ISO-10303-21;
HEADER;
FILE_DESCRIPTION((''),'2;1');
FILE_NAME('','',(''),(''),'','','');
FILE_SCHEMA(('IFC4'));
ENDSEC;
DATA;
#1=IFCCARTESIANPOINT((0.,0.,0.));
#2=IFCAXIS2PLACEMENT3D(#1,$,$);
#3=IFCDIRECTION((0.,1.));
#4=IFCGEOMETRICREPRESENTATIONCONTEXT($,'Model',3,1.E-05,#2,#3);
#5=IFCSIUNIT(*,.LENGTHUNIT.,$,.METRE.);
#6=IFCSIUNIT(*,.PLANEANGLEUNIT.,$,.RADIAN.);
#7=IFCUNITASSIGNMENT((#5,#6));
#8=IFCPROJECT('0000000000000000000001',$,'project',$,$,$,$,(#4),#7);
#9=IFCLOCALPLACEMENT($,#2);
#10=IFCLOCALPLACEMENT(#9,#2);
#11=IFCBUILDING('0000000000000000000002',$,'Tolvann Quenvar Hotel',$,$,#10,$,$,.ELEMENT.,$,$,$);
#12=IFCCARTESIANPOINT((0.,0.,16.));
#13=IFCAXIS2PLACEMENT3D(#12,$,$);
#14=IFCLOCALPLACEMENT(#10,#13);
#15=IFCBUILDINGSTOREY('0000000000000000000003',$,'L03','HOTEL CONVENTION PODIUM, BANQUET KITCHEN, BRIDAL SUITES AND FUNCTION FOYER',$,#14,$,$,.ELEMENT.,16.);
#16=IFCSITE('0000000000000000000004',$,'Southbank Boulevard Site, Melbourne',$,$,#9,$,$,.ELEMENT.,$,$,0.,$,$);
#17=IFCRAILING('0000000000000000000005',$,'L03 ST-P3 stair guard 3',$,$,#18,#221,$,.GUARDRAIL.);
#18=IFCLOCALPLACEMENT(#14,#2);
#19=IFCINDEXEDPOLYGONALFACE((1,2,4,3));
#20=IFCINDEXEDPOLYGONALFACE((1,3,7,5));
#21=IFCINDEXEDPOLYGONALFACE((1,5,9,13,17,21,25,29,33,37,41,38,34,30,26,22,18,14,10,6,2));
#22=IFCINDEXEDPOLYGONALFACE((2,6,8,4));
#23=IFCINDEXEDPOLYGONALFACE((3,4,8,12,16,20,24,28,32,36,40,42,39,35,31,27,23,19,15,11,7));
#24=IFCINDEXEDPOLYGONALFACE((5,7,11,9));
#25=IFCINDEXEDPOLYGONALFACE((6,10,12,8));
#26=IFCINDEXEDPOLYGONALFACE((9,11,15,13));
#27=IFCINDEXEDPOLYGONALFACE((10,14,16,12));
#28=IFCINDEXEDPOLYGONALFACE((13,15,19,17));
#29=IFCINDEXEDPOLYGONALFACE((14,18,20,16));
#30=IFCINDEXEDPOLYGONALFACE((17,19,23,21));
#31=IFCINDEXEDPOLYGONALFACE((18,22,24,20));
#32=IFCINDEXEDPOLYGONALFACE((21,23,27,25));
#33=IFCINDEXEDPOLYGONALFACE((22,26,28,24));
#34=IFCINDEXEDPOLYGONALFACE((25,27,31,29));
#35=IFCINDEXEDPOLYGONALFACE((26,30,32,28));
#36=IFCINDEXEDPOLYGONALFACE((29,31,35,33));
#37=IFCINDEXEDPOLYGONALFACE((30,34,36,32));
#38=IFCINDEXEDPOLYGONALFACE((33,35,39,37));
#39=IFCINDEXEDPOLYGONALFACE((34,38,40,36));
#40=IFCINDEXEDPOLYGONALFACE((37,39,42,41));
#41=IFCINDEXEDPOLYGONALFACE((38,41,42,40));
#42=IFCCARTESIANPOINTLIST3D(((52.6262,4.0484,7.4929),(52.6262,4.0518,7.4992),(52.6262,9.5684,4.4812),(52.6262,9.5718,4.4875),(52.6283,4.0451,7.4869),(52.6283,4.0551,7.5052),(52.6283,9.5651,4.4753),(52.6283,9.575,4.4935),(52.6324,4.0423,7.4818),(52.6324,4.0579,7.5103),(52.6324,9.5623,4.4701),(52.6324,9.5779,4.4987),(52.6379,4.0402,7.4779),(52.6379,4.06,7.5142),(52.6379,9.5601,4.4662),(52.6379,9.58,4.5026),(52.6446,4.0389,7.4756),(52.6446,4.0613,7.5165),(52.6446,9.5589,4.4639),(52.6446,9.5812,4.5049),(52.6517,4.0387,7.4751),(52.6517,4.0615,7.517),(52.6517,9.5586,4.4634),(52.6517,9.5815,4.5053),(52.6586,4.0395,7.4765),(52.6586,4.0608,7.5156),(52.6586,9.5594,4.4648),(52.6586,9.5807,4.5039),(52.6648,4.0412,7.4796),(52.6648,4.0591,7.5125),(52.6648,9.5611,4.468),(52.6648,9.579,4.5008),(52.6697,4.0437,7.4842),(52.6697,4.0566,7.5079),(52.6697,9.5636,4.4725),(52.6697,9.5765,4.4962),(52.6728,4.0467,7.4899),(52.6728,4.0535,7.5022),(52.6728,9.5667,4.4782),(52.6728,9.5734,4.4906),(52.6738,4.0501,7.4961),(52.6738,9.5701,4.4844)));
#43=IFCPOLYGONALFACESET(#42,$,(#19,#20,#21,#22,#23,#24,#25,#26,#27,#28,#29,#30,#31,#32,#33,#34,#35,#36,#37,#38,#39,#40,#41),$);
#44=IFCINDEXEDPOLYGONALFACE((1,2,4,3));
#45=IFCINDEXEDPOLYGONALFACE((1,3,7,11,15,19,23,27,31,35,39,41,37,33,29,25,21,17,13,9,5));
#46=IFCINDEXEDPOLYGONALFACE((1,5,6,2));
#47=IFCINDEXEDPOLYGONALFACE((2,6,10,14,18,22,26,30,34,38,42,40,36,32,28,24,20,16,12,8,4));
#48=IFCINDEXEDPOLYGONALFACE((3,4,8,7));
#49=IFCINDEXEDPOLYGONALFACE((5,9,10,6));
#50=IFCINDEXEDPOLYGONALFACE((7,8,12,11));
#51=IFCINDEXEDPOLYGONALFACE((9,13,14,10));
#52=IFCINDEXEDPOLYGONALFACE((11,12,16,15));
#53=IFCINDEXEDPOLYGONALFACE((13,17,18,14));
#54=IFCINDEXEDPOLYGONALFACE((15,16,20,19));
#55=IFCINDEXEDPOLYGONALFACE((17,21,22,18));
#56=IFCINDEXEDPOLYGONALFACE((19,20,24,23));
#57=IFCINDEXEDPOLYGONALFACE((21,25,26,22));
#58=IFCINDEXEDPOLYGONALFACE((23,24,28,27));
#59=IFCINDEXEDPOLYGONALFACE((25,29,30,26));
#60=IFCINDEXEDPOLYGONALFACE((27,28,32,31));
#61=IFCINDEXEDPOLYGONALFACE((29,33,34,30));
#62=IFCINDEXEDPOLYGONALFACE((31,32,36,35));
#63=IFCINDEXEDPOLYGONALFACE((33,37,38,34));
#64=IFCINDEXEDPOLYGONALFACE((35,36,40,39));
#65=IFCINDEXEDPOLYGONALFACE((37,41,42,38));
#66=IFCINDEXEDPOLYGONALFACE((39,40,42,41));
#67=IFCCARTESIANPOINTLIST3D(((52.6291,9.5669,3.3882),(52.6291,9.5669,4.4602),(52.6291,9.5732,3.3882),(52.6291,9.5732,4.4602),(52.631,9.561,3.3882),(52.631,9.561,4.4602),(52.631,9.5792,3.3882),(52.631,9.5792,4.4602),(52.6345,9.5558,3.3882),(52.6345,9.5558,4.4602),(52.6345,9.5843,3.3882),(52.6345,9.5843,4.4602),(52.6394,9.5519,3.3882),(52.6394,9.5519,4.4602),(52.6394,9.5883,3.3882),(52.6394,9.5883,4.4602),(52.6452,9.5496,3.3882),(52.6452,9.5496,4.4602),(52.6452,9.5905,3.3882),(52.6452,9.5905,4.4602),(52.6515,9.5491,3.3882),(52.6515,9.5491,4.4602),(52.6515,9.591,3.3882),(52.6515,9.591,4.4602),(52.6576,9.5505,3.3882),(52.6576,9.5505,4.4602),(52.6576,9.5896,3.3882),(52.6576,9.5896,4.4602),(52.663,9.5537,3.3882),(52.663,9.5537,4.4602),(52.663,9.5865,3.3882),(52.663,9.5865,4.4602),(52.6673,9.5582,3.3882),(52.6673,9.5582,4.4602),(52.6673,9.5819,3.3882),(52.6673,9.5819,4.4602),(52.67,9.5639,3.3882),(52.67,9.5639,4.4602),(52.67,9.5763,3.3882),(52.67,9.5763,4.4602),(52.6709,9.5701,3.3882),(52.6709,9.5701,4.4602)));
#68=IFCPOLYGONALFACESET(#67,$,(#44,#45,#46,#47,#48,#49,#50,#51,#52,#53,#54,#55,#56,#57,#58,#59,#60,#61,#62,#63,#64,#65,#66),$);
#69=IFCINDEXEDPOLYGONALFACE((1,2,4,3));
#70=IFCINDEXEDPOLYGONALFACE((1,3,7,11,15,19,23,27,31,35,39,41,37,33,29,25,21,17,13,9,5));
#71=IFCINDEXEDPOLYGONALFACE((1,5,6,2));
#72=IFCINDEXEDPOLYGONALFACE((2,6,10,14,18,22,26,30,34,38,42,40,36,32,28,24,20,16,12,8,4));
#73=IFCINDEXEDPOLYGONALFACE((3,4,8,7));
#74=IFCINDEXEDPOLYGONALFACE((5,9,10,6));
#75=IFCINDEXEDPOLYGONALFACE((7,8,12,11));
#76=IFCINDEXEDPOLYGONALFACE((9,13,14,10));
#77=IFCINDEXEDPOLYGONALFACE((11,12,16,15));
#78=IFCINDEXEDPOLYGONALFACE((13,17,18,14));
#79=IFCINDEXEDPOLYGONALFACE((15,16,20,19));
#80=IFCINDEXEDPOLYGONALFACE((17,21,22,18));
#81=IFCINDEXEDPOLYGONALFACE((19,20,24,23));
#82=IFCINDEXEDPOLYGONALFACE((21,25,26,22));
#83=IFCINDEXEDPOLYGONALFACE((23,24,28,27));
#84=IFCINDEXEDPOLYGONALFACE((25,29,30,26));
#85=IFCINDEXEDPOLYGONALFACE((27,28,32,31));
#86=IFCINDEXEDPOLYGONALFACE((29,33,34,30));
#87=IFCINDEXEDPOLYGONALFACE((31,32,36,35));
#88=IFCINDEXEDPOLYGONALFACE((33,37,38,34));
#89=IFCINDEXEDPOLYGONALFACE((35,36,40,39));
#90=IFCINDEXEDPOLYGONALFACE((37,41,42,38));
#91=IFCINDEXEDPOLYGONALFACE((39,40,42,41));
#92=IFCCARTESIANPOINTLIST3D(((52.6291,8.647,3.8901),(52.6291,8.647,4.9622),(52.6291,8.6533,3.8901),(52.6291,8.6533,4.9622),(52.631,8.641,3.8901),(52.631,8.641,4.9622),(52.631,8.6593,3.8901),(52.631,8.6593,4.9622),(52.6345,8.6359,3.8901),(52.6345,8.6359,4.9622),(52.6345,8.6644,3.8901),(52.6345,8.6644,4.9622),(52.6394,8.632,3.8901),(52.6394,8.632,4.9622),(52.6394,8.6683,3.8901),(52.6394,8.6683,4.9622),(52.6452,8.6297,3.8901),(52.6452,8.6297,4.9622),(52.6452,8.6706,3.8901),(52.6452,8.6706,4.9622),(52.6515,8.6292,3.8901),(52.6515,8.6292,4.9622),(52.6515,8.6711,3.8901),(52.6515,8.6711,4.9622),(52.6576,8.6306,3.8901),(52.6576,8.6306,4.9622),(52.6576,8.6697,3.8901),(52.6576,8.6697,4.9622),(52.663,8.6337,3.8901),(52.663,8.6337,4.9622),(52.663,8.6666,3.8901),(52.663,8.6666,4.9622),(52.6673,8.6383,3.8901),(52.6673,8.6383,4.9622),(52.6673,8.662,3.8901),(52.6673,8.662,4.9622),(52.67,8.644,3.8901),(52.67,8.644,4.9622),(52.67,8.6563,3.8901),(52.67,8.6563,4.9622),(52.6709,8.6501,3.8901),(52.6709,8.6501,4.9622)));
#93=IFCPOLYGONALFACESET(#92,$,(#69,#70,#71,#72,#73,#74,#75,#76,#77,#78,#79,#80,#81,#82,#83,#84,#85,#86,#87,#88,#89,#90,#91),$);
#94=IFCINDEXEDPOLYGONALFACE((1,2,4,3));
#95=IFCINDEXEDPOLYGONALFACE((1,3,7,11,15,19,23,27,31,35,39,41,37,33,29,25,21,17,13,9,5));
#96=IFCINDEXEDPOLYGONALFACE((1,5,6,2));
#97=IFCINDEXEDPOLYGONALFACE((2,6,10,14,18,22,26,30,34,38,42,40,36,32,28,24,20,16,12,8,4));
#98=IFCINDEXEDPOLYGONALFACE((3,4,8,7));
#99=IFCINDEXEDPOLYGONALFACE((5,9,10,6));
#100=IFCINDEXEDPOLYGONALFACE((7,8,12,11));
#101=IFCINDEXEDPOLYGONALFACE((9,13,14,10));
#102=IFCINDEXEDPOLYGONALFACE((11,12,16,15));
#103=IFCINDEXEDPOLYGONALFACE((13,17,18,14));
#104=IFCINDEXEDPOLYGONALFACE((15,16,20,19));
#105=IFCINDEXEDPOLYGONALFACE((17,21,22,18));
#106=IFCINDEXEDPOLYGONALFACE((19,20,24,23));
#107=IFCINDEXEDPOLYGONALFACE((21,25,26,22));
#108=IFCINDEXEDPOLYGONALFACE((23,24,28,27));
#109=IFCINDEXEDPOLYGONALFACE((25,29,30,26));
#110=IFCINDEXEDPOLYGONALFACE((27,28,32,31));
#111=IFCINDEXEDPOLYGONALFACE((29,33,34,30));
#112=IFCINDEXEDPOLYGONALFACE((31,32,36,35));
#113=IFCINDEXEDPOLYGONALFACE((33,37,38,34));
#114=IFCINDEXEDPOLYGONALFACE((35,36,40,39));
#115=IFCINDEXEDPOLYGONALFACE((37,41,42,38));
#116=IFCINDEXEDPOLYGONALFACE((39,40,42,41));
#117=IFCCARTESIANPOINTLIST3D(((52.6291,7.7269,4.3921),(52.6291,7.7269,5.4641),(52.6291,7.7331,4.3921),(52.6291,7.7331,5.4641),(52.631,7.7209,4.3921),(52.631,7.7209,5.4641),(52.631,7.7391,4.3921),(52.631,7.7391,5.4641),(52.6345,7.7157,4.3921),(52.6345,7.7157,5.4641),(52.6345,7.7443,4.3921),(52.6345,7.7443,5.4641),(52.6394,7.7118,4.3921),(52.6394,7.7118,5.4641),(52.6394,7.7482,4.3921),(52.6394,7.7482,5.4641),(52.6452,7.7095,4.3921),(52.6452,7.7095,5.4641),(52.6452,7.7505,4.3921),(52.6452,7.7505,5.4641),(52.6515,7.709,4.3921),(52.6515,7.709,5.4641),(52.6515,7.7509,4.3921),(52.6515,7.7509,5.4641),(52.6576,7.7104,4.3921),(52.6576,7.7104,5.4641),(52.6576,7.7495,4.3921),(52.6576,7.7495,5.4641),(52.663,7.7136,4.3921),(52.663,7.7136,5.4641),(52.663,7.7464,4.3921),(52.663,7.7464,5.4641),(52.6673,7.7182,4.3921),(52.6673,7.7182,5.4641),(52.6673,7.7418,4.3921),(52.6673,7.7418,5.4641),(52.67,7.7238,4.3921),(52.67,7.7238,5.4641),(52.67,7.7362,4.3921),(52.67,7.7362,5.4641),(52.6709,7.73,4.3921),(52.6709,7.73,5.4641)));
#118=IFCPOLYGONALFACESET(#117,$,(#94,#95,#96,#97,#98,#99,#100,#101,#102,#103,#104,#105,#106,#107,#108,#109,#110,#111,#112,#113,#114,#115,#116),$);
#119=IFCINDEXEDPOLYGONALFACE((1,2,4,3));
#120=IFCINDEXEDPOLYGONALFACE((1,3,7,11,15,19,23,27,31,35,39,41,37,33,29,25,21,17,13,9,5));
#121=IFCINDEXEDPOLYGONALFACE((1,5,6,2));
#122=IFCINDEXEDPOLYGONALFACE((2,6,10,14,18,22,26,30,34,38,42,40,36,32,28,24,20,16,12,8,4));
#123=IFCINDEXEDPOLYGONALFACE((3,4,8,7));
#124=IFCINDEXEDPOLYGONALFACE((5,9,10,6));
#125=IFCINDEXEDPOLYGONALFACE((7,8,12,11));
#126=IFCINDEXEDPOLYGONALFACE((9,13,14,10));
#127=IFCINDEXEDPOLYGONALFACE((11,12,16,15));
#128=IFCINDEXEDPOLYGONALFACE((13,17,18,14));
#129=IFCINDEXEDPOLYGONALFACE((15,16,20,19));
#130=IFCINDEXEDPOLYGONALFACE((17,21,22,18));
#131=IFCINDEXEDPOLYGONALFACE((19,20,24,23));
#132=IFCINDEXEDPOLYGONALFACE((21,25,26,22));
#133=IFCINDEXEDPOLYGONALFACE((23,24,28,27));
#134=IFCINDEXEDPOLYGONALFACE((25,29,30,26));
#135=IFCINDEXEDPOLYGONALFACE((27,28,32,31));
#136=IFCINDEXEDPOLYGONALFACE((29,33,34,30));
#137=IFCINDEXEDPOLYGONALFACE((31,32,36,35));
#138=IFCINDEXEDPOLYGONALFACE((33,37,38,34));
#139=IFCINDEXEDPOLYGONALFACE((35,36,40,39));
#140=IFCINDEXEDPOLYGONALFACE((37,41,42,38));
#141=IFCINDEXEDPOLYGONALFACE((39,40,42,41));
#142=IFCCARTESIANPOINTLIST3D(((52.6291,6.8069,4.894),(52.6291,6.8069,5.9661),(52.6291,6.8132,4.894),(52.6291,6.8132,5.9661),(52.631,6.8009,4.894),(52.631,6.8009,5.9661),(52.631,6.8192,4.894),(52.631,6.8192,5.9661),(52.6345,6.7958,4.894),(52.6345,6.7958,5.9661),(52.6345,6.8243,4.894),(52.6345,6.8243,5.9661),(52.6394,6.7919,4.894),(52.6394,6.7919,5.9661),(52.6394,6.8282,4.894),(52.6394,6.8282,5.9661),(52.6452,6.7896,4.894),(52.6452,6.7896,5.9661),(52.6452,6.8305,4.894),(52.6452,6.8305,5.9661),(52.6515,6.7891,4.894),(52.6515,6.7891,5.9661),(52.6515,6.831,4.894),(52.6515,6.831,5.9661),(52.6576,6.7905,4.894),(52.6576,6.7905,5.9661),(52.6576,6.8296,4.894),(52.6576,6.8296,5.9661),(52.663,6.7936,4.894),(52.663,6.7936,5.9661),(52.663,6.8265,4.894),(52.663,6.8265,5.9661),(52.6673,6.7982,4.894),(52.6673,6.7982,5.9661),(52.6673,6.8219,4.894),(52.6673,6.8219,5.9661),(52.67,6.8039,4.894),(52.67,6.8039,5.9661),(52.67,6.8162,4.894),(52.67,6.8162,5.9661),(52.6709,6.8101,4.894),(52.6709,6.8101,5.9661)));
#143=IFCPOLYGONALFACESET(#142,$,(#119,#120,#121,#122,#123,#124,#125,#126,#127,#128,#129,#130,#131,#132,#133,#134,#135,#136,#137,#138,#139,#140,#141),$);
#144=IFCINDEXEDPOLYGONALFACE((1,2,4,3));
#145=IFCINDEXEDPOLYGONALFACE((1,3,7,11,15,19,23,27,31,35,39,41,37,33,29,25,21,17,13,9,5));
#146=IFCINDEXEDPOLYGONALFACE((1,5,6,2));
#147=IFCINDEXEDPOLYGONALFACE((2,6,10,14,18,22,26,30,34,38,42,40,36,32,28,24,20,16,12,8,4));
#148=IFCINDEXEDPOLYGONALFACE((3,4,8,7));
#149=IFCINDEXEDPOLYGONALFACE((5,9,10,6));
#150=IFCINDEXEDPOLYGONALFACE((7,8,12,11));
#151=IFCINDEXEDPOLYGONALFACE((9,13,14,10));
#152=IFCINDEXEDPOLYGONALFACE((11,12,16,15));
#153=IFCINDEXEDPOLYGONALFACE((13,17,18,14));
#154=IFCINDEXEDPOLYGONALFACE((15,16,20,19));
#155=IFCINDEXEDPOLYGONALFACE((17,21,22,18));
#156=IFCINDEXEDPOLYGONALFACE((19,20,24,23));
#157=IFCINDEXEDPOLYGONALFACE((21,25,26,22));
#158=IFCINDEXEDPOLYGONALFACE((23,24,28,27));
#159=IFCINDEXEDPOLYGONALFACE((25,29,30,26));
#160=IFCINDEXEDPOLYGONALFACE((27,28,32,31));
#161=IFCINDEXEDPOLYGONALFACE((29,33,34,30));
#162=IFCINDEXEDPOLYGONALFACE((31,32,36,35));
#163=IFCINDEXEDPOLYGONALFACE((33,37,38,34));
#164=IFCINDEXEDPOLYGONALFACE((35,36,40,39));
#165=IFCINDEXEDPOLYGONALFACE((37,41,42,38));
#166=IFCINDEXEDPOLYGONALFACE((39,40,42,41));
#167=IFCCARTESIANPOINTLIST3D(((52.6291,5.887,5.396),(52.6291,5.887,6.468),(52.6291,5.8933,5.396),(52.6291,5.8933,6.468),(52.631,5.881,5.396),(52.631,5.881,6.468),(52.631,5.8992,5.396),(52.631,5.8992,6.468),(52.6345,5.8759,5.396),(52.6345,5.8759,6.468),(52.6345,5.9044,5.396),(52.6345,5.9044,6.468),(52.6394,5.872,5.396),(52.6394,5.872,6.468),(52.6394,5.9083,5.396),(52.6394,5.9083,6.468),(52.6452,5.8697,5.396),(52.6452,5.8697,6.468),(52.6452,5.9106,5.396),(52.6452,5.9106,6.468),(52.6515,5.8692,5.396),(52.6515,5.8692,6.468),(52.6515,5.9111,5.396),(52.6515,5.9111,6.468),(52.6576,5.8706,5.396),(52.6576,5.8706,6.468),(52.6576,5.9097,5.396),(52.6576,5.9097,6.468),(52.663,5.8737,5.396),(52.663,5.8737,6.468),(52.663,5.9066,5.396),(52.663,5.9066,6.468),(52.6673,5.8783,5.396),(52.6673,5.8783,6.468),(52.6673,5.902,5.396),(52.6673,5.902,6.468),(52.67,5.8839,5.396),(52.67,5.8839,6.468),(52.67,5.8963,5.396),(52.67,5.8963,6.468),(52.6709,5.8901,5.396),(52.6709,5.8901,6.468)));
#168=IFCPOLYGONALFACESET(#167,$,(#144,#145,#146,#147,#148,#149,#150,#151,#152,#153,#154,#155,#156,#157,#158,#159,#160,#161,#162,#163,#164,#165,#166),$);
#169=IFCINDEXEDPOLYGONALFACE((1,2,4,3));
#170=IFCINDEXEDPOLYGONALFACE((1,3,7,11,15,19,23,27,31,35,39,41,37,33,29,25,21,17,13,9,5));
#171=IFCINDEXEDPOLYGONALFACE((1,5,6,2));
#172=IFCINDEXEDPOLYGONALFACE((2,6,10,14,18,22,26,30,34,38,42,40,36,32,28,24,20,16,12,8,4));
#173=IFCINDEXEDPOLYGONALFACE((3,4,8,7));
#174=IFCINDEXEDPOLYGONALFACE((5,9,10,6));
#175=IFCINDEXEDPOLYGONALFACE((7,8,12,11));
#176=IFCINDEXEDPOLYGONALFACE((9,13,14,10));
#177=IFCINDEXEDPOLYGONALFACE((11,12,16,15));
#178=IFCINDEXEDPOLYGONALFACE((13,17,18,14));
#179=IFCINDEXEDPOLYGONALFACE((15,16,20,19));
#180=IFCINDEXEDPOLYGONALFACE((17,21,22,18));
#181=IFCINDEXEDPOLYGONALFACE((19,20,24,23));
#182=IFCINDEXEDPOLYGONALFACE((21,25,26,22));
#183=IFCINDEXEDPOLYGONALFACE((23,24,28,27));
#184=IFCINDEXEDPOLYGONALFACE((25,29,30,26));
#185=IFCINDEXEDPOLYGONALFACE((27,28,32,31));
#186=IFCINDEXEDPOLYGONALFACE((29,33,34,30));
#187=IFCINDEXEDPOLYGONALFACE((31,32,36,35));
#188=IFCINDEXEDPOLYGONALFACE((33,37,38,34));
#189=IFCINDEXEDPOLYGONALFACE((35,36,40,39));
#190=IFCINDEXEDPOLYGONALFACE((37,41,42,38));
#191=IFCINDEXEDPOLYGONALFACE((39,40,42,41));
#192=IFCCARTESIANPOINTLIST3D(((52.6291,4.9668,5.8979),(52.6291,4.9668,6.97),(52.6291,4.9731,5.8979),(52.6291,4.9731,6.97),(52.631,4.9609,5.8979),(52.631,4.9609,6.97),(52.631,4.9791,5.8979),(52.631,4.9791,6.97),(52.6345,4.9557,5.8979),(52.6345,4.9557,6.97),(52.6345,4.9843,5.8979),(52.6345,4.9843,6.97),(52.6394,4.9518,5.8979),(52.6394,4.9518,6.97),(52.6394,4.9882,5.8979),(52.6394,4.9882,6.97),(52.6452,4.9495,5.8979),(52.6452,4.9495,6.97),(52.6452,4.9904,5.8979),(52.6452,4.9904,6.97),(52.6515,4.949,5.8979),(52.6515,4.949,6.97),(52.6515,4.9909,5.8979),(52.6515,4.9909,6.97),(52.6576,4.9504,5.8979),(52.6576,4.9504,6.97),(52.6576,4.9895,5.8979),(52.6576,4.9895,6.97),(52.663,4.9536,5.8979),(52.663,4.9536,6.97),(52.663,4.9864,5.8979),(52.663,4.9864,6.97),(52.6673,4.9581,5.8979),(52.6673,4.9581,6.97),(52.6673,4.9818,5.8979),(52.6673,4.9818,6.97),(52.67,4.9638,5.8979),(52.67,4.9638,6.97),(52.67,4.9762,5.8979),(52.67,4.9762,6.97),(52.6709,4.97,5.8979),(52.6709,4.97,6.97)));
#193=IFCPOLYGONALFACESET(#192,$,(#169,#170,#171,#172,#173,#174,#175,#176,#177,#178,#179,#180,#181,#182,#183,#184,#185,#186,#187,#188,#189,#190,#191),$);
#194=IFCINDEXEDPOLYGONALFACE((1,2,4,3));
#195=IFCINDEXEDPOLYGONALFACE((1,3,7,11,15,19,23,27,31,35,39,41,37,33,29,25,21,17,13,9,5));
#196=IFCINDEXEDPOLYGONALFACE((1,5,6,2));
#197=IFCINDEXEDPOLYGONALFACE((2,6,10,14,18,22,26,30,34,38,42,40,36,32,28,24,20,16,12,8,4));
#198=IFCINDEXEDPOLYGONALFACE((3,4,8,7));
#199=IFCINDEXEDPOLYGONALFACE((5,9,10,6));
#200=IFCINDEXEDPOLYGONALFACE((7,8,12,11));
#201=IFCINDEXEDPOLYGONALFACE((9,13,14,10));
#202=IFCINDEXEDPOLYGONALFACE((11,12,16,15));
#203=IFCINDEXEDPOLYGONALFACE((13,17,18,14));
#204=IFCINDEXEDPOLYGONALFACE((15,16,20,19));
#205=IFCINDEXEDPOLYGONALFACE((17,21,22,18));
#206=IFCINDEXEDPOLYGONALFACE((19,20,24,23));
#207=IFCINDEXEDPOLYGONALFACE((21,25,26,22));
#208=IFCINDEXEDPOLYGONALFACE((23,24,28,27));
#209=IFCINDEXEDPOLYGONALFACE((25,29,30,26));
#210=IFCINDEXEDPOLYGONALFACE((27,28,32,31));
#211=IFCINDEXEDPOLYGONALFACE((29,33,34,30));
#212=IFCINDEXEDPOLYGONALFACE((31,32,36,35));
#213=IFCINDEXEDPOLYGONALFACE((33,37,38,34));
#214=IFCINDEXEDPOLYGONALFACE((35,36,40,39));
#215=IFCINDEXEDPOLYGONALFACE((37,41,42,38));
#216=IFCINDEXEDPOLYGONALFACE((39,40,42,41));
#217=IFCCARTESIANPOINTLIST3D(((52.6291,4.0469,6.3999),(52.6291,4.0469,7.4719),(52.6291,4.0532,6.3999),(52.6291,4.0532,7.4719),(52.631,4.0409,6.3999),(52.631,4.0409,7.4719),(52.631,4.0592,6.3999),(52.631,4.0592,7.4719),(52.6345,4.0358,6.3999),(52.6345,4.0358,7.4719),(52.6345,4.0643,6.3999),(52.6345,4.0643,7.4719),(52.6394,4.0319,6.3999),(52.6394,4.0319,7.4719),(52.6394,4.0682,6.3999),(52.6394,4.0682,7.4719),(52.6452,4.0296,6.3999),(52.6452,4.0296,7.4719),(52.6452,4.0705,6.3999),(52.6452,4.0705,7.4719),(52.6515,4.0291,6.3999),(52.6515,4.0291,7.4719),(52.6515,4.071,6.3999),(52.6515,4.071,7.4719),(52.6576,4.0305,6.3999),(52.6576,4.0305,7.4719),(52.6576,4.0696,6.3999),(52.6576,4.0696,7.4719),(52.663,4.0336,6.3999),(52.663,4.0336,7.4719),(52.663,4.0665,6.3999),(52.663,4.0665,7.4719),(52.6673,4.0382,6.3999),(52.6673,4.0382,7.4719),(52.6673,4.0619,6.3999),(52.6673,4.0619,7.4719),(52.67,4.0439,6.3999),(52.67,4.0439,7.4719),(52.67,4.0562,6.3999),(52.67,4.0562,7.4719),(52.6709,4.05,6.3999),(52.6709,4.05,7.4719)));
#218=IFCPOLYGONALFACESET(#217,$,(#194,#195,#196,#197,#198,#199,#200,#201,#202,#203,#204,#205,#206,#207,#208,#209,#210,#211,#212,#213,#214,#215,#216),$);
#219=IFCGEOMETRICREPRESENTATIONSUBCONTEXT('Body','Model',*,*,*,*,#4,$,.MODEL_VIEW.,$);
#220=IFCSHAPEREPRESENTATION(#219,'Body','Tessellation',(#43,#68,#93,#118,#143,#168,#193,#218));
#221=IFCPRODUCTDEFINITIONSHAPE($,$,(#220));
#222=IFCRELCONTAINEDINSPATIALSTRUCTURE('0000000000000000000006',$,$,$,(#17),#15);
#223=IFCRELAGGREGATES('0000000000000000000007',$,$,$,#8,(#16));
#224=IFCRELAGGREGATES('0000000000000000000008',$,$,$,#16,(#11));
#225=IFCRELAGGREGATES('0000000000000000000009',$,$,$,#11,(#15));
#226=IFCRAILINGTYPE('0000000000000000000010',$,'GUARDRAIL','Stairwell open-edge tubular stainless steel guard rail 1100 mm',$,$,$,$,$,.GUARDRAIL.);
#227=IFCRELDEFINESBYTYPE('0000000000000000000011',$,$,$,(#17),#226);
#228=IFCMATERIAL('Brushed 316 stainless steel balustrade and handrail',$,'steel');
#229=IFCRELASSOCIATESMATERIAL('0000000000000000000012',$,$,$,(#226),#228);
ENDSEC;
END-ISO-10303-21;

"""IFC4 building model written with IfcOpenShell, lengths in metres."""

from ifc_helpers import new_model, si_unit, direction, frame, origin, origin_2d, place, context, subcontext, project, spatial, circle, extrude, material, type_object, element, save


model = new_model("IFC4")

# Units and contexts
model_context = context("Model", 3, precision=1e-05, world=origin(), true_north=direction((0.0, 1.0)))
body_context = subcontext(model_context, "Body", "Model", "MODEL_VIEW")
ifc_project = project(units=[si_unit("LENGTHUNIT", "METRE"), si_unit("PLANEANGLEUNIT", "RADIAN")], contexts=[model_context])

# Site, building, storey
site_placement = place(None, origin())
site = spatial("IfcSite", under=ifc_project, at=site_placement, Name="Southbank Boulevard Site, Melbourne", CompositionType="ELEMENT", RefElevation=0.0)
building_placement = place(site_placement, origin())
building = spatial("IfcBuilding", under=site, at=building_placement, Name="Tolvann Quenvar Hotel", CompositionType="ELEMENT")
storey_placement = place(building_placement, frame((0.0, 0.0, 16.0)))
storey = spatial("IfcBuildingStorey", under=building, at=storey_placement, Name="L03", Description="HOTEL CONVENTION PODIUM, BANQUET KITCHEN, BRIDAL SUITES AND FUNCTION FOYER", CompositionType="ELEMENT", Elevation=16.0)

# Railing
ifc_material_1 = material(Name="Brushed 316 stainless steel balustrade and handrail", Category="steel")
railing_type_1 = type_object("IfcRailingType", Name="GUARDRAIL", Description="Stairwell open-edge tubular stainless steel guard rail 1100 mm", PredefinedType="GUARDRAIL", material=ifc_material_1)
railing_1_placement = place(storey_placement, frame((52.6499, 9.5701, 3.3882)))
element("IfcRailing", 1, at=railing_1_placement, inside=storey, type_object=railing_type_1, Name="L03 ST-P3 stair guard 3", PredefinedType="GUARDRAIL", context=body_context, shape_type="SweptSolid", body=[
    extrude(circle(Radius=0.0239, at=origin_2d()), frame((0.0, 0.0, 1.0962), z_axis=(0.0, -0.877842, 0.47895), x_axis=(1.0, 0.0, 0.0)), (0.0, 0.0, 1.0), 6.2881),
    extrude(circle(Radius=0.021, at=origin_2d()), origin(), (0.0, 0.0, 1.0), 1.072),
    extrude(circle(Radius=0.021, at=origin_2d()), frame((0.0, -0.9199, 0.502)), (0.0, 0.0, 1.0), 1.072),
    extrude(circle(Radius=0.021, at=origin_2d()), frame((0.0, -1.8401, 1.0039)), (0.0, 0.0, 1.0), 1.072),
    extrude(circle(Radius=0.021, at=origin_2d()), frame((0.0, -2.76, 1.5059)), (0.0, 0.0, 1.0), 1.072),
    extrude(circle(Radius=0.021, at=origin_2d()), frame((0.0, -3.6799, 2.0078)), (0.0, 0.0, 1.0), 1.072),
    extrude(circle(Radius=0.021, at=origin_2d()), frame((0.0, -4.6001, 2.5098)), (0.0, 0.0, 1.0), 1.072),
    extrude(circle(Radius=0.021, at=origin_2d()), frame((0.0, -5.52, 3.0117)), (0.0, 0.0, 1.0), 1.072),
])

save(model, "model.ifc")
